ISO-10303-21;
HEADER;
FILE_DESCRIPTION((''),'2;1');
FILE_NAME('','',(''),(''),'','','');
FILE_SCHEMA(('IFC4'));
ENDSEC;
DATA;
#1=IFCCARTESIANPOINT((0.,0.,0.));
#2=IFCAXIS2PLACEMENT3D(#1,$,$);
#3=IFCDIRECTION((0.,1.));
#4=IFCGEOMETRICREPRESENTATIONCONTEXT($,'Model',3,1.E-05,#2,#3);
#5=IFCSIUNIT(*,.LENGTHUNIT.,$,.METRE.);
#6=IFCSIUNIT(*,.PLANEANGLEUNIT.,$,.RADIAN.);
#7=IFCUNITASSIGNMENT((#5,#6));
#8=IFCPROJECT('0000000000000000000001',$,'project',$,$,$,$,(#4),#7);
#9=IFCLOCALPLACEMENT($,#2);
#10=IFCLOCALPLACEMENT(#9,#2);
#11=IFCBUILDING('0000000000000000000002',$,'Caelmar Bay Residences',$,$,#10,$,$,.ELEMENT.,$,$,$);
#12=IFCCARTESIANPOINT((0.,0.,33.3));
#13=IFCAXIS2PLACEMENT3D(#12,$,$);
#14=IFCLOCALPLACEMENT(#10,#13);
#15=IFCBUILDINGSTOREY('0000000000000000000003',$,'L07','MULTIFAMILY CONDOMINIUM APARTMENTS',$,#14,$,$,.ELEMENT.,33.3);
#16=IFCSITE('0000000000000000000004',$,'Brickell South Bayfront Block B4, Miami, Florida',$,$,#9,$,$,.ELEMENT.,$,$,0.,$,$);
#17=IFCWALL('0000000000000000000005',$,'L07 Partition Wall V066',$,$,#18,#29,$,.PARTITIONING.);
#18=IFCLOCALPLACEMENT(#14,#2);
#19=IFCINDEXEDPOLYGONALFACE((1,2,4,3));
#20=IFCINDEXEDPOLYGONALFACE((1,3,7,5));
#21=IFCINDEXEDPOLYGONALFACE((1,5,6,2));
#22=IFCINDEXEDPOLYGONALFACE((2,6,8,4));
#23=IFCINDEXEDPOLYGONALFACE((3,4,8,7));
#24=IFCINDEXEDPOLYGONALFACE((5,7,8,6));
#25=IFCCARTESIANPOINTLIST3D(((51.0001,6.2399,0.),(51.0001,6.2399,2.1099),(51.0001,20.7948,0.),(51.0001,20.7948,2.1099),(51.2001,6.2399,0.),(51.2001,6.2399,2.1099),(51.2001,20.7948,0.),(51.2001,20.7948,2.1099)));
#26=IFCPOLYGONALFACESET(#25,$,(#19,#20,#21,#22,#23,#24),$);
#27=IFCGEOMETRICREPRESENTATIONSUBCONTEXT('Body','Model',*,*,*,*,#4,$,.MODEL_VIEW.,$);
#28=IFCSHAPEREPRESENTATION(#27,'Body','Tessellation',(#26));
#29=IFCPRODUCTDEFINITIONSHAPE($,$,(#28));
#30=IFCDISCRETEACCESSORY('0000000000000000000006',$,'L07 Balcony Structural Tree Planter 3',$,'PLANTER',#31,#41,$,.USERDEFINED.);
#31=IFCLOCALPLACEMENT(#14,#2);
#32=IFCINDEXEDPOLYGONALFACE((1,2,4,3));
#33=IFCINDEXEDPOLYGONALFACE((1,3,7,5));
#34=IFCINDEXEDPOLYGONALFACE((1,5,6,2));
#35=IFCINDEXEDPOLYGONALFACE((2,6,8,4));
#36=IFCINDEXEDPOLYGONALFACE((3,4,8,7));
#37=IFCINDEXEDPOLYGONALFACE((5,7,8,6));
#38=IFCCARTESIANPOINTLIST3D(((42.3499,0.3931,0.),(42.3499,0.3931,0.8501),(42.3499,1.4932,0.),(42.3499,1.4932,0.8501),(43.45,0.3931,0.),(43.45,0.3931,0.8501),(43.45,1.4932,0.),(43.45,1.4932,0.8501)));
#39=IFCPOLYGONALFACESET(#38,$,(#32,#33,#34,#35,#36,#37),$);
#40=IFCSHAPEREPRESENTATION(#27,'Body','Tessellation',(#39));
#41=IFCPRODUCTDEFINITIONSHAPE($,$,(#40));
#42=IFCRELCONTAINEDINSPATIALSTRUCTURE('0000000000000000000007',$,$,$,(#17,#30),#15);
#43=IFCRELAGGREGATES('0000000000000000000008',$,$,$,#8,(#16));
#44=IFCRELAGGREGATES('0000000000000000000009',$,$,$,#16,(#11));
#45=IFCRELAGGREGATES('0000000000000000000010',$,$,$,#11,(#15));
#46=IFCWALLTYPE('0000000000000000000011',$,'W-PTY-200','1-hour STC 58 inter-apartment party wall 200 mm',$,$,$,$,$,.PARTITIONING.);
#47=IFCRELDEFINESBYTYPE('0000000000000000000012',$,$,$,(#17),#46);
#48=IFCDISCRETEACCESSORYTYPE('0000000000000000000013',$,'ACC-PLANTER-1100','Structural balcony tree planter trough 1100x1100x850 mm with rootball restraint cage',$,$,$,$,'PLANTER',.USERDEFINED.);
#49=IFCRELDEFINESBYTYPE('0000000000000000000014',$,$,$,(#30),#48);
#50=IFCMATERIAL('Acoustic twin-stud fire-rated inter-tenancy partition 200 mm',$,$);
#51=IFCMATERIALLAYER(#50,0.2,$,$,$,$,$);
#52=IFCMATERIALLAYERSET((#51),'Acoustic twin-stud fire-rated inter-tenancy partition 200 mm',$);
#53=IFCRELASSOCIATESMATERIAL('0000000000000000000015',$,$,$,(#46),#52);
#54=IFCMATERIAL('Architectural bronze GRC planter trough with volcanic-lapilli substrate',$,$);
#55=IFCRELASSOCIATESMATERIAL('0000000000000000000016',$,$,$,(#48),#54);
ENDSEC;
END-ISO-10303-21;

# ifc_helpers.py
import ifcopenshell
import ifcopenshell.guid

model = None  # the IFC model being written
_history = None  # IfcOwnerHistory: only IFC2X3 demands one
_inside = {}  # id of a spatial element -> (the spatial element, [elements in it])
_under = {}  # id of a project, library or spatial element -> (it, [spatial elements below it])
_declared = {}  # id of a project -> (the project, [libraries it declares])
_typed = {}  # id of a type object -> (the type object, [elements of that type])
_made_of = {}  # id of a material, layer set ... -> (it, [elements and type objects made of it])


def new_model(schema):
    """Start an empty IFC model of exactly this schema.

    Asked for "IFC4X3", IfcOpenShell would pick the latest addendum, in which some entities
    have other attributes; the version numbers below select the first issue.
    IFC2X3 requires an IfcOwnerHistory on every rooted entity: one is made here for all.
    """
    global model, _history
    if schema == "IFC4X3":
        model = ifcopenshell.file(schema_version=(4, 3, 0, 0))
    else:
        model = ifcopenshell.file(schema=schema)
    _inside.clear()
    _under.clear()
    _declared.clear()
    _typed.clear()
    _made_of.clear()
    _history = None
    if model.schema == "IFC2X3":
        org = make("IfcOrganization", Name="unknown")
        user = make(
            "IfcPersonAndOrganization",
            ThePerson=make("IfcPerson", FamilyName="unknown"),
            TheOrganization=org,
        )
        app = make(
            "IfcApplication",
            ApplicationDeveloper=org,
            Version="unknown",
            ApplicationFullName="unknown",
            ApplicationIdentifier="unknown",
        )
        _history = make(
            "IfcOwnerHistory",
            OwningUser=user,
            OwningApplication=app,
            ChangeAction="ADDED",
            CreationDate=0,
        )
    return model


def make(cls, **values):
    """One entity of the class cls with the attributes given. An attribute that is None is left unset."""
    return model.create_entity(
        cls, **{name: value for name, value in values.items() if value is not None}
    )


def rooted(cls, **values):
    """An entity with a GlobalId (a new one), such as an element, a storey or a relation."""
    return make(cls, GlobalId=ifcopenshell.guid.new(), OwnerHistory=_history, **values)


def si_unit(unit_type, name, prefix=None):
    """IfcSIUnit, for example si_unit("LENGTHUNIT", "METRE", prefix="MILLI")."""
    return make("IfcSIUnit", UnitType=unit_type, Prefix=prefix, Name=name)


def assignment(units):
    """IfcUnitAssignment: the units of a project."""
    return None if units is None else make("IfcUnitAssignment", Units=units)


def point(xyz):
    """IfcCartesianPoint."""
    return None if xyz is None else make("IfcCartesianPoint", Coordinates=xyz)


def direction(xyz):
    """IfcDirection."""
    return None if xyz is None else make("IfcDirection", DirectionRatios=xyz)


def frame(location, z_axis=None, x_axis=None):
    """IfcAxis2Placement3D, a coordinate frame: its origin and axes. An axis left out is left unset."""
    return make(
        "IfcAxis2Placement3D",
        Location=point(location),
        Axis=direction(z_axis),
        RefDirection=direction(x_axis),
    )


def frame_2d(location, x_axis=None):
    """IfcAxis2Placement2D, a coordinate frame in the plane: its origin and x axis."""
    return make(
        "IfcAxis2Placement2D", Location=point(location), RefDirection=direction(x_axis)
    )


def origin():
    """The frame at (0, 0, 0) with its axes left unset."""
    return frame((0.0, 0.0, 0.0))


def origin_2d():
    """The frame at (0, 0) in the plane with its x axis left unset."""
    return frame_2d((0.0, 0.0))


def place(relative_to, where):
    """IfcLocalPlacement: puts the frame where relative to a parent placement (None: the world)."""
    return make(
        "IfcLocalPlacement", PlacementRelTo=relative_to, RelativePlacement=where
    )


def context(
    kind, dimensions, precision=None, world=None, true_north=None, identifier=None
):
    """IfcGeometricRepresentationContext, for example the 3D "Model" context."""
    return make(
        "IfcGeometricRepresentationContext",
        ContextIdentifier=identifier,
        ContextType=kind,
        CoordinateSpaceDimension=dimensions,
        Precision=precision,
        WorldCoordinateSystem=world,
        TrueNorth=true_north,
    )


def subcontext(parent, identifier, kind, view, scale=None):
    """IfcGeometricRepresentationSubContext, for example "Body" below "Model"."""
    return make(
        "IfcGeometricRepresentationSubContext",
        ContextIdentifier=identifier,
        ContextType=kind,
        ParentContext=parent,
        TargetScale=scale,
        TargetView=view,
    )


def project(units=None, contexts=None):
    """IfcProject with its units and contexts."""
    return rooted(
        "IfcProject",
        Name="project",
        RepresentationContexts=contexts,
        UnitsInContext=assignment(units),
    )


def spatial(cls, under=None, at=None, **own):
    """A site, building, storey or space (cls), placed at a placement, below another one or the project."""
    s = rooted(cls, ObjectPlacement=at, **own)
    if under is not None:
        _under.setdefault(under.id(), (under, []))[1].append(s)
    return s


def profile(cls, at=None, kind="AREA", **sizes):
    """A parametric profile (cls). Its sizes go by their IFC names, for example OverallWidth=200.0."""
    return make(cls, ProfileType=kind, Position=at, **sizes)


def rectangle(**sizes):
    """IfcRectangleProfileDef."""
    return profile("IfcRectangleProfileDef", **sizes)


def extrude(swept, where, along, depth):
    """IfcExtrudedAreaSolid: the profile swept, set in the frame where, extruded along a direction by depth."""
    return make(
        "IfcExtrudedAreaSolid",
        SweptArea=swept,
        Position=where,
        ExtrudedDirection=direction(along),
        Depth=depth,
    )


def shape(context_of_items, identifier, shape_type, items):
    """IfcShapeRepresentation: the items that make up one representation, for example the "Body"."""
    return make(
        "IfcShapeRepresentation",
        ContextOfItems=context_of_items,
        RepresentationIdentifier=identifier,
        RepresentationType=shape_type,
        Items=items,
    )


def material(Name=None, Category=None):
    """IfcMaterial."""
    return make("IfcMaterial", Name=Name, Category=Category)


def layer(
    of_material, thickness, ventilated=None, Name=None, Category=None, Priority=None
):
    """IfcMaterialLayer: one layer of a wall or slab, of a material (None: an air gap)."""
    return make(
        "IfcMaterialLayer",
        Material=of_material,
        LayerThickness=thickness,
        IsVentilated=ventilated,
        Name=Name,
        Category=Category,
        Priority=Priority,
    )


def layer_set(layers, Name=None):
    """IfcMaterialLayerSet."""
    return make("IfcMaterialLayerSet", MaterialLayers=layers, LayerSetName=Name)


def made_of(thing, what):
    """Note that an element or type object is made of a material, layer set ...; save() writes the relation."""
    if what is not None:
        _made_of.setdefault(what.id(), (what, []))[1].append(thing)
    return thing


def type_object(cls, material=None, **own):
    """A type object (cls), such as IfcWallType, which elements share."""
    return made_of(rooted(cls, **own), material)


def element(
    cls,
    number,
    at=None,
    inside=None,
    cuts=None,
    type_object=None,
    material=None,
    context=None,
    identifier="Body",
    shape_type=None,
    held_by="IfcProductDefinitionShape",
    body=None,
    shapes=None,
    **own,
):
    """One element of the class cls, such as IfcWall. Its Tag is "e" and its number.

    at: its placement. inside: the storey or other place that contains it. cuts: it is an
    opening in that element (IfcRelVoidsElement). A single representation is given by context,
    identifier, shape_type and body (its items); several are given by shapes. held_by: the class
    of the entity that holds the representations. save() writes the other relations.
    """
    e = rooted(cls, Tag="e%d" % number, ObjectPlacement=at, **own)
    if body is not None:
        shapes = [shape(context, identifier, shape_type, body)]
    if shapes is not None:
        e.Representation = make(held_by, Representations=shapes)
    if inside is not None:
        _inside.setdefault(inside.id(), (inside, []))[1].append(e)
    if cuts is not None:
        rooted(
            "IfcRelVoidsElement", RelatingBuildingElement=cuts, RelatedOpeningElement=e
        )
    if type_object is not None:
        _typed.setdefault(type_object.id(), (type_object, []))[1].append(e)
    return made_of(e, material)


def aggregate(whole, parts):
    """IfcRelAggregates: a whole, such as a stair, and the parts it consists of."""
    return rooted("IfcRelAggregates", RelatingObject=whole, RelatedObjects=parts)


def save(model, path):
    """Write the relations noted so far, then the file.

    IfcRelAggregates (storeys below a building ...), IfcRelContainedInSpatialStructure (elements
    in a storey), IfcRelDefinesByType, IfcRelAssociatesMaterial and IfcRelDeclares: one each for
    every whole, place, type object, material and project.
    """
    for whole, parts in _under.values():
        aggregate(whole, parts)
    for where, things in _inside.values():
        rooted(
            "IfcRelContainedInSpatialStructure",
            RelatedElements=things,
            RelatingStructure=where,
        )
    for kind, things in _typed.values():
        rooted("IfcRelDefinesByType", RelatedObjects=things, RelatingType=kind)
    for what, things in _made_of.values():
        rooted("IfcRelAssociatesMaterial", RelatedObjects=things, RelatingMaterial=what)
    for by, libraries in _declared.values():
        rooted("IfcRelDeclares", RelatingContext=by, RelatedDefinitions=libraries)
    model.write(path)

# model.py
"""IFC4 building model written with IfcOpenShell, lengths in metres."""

from ifc_helpers import new_model, si_unit, direction, frame, frame_2d, origin, origin_2d, place, context, subcontext, project, spatial, rectangle, extrude, material, layer, layer_set, type_object, element, save


model = new_model("IFC4")

# Units and contexts
model_context = context("Model", 3, precision=1e-05, world=origin(), true_north=direction((0.0, 1.0)))
body_context = subcontext(model_context, "Body", "Model", "MODEL_VIEW")
ifc_project = project(units=[si_unit("LENGTHUNIT", "METRE"), si_unit("PLANEANGLEUNIT", "RADIAN")], contexts=[model_context])

# Site, building, storey
site_placement = place(None, origin())
site = spatial("IfcSite", under=ifc_project, at=site_placement, Name="Brickell South Bayfront Block B4, Miami, Florida", CompositionType="ELEMENT", RefElevation=0.0)
building_placement = place(site_placement, origin())
building = spatial("IfcBuilding", under=site, at=building_placement, Name="Caelmar Bay Residences", CompositionType="ELEMENT")
storey_placement = place(building_placement, frame((0.0, 0.0, 33.3)))
storey = spatial("IfcBuildingStorey", under=building, at=storey_placement, Name="L07", Description="MULTIFAMILY CONDOMINIUM APARTMENTS", CompositionType="ELEMENT", Elevation=33.3)

# Wall
ifc_material_1 = material(Name="Acoustic twin-stud fire-rated inter-tenancy partition 200 mm")
ifc_layer_1 = layer(ifc_material_1, 0.2)
ifc_layer_set_1 = layer_set([ifc_layer_1], Name="Acoustic twin-stud fire-rated inter-tenancy partition 200 mm")
wall_type_1 = type_object("IfcWallType", Name="W-PTY-200", Description="1-hour STC 58 inter-apartment party wall 200 mm", PredefinedType="PARTITIONING", material=ifc_layer_set_1)
wall_1_placement = place(storey_placement, frame((51.1001, 6.24, 0.0), z_axis=(0.0, 0.0, 1.0), x_axis=(0.0, 1.0, 0.0)))
element("IfcWall", 1, at=wall_1_placement, inside=storey, type_object=wall_type_1, Name="L07 Partition Wall V066", PredefinedType="PARTITIONING", context=body_context, shape_type="SweptSolid", body=[
    extrude(rectangle(XDim=14.5549, YDim=0.2, at=frame_2d((7.2773, 0.0))), origin(), (0.0, 0.0, 1.0), 2.1099),
])

# Discrete accessory
ifc_material_2 = material(Name="Architectural bronze GRC planter trough with volcanic-lapilli substrate")
discrete_accessory_type = type_object("IfcDiscreteAccessoryType", Name="ACC-PLANTER-1100", Description="Structural balcony tree planter trough 1100x1100x850 mm with rootball restraint cage", ElementType="PLANTER", PredefinedType="USERDEFINED", material=ifc_material_2)
discrete_accessory_placement = place(storey_placement, frame((42.8999, 0.9431, 0.0), z_axis=(0.0, 0.0, 1.0), x_axis=(1.0, 0.0, 0.0)))
element("IfcDiscreteAccessory", 2, at=discrete_accessory_placement, inside=storey, type_object=discrete_accessory_type, Name="L07 Balcony Structural Tree Planter 3", ObjectType="PLANTER", PredefinedType="USERDEFINED", context=body_context, shape_type="SweptSolid", body=[
    extrude(rectangle(XDim=1.1001, YDim=1.1001, at=origin_2d()), origin(), (0.0, 0.0, 1.0), 0.8501),
])

save(model, "model.ifc")
